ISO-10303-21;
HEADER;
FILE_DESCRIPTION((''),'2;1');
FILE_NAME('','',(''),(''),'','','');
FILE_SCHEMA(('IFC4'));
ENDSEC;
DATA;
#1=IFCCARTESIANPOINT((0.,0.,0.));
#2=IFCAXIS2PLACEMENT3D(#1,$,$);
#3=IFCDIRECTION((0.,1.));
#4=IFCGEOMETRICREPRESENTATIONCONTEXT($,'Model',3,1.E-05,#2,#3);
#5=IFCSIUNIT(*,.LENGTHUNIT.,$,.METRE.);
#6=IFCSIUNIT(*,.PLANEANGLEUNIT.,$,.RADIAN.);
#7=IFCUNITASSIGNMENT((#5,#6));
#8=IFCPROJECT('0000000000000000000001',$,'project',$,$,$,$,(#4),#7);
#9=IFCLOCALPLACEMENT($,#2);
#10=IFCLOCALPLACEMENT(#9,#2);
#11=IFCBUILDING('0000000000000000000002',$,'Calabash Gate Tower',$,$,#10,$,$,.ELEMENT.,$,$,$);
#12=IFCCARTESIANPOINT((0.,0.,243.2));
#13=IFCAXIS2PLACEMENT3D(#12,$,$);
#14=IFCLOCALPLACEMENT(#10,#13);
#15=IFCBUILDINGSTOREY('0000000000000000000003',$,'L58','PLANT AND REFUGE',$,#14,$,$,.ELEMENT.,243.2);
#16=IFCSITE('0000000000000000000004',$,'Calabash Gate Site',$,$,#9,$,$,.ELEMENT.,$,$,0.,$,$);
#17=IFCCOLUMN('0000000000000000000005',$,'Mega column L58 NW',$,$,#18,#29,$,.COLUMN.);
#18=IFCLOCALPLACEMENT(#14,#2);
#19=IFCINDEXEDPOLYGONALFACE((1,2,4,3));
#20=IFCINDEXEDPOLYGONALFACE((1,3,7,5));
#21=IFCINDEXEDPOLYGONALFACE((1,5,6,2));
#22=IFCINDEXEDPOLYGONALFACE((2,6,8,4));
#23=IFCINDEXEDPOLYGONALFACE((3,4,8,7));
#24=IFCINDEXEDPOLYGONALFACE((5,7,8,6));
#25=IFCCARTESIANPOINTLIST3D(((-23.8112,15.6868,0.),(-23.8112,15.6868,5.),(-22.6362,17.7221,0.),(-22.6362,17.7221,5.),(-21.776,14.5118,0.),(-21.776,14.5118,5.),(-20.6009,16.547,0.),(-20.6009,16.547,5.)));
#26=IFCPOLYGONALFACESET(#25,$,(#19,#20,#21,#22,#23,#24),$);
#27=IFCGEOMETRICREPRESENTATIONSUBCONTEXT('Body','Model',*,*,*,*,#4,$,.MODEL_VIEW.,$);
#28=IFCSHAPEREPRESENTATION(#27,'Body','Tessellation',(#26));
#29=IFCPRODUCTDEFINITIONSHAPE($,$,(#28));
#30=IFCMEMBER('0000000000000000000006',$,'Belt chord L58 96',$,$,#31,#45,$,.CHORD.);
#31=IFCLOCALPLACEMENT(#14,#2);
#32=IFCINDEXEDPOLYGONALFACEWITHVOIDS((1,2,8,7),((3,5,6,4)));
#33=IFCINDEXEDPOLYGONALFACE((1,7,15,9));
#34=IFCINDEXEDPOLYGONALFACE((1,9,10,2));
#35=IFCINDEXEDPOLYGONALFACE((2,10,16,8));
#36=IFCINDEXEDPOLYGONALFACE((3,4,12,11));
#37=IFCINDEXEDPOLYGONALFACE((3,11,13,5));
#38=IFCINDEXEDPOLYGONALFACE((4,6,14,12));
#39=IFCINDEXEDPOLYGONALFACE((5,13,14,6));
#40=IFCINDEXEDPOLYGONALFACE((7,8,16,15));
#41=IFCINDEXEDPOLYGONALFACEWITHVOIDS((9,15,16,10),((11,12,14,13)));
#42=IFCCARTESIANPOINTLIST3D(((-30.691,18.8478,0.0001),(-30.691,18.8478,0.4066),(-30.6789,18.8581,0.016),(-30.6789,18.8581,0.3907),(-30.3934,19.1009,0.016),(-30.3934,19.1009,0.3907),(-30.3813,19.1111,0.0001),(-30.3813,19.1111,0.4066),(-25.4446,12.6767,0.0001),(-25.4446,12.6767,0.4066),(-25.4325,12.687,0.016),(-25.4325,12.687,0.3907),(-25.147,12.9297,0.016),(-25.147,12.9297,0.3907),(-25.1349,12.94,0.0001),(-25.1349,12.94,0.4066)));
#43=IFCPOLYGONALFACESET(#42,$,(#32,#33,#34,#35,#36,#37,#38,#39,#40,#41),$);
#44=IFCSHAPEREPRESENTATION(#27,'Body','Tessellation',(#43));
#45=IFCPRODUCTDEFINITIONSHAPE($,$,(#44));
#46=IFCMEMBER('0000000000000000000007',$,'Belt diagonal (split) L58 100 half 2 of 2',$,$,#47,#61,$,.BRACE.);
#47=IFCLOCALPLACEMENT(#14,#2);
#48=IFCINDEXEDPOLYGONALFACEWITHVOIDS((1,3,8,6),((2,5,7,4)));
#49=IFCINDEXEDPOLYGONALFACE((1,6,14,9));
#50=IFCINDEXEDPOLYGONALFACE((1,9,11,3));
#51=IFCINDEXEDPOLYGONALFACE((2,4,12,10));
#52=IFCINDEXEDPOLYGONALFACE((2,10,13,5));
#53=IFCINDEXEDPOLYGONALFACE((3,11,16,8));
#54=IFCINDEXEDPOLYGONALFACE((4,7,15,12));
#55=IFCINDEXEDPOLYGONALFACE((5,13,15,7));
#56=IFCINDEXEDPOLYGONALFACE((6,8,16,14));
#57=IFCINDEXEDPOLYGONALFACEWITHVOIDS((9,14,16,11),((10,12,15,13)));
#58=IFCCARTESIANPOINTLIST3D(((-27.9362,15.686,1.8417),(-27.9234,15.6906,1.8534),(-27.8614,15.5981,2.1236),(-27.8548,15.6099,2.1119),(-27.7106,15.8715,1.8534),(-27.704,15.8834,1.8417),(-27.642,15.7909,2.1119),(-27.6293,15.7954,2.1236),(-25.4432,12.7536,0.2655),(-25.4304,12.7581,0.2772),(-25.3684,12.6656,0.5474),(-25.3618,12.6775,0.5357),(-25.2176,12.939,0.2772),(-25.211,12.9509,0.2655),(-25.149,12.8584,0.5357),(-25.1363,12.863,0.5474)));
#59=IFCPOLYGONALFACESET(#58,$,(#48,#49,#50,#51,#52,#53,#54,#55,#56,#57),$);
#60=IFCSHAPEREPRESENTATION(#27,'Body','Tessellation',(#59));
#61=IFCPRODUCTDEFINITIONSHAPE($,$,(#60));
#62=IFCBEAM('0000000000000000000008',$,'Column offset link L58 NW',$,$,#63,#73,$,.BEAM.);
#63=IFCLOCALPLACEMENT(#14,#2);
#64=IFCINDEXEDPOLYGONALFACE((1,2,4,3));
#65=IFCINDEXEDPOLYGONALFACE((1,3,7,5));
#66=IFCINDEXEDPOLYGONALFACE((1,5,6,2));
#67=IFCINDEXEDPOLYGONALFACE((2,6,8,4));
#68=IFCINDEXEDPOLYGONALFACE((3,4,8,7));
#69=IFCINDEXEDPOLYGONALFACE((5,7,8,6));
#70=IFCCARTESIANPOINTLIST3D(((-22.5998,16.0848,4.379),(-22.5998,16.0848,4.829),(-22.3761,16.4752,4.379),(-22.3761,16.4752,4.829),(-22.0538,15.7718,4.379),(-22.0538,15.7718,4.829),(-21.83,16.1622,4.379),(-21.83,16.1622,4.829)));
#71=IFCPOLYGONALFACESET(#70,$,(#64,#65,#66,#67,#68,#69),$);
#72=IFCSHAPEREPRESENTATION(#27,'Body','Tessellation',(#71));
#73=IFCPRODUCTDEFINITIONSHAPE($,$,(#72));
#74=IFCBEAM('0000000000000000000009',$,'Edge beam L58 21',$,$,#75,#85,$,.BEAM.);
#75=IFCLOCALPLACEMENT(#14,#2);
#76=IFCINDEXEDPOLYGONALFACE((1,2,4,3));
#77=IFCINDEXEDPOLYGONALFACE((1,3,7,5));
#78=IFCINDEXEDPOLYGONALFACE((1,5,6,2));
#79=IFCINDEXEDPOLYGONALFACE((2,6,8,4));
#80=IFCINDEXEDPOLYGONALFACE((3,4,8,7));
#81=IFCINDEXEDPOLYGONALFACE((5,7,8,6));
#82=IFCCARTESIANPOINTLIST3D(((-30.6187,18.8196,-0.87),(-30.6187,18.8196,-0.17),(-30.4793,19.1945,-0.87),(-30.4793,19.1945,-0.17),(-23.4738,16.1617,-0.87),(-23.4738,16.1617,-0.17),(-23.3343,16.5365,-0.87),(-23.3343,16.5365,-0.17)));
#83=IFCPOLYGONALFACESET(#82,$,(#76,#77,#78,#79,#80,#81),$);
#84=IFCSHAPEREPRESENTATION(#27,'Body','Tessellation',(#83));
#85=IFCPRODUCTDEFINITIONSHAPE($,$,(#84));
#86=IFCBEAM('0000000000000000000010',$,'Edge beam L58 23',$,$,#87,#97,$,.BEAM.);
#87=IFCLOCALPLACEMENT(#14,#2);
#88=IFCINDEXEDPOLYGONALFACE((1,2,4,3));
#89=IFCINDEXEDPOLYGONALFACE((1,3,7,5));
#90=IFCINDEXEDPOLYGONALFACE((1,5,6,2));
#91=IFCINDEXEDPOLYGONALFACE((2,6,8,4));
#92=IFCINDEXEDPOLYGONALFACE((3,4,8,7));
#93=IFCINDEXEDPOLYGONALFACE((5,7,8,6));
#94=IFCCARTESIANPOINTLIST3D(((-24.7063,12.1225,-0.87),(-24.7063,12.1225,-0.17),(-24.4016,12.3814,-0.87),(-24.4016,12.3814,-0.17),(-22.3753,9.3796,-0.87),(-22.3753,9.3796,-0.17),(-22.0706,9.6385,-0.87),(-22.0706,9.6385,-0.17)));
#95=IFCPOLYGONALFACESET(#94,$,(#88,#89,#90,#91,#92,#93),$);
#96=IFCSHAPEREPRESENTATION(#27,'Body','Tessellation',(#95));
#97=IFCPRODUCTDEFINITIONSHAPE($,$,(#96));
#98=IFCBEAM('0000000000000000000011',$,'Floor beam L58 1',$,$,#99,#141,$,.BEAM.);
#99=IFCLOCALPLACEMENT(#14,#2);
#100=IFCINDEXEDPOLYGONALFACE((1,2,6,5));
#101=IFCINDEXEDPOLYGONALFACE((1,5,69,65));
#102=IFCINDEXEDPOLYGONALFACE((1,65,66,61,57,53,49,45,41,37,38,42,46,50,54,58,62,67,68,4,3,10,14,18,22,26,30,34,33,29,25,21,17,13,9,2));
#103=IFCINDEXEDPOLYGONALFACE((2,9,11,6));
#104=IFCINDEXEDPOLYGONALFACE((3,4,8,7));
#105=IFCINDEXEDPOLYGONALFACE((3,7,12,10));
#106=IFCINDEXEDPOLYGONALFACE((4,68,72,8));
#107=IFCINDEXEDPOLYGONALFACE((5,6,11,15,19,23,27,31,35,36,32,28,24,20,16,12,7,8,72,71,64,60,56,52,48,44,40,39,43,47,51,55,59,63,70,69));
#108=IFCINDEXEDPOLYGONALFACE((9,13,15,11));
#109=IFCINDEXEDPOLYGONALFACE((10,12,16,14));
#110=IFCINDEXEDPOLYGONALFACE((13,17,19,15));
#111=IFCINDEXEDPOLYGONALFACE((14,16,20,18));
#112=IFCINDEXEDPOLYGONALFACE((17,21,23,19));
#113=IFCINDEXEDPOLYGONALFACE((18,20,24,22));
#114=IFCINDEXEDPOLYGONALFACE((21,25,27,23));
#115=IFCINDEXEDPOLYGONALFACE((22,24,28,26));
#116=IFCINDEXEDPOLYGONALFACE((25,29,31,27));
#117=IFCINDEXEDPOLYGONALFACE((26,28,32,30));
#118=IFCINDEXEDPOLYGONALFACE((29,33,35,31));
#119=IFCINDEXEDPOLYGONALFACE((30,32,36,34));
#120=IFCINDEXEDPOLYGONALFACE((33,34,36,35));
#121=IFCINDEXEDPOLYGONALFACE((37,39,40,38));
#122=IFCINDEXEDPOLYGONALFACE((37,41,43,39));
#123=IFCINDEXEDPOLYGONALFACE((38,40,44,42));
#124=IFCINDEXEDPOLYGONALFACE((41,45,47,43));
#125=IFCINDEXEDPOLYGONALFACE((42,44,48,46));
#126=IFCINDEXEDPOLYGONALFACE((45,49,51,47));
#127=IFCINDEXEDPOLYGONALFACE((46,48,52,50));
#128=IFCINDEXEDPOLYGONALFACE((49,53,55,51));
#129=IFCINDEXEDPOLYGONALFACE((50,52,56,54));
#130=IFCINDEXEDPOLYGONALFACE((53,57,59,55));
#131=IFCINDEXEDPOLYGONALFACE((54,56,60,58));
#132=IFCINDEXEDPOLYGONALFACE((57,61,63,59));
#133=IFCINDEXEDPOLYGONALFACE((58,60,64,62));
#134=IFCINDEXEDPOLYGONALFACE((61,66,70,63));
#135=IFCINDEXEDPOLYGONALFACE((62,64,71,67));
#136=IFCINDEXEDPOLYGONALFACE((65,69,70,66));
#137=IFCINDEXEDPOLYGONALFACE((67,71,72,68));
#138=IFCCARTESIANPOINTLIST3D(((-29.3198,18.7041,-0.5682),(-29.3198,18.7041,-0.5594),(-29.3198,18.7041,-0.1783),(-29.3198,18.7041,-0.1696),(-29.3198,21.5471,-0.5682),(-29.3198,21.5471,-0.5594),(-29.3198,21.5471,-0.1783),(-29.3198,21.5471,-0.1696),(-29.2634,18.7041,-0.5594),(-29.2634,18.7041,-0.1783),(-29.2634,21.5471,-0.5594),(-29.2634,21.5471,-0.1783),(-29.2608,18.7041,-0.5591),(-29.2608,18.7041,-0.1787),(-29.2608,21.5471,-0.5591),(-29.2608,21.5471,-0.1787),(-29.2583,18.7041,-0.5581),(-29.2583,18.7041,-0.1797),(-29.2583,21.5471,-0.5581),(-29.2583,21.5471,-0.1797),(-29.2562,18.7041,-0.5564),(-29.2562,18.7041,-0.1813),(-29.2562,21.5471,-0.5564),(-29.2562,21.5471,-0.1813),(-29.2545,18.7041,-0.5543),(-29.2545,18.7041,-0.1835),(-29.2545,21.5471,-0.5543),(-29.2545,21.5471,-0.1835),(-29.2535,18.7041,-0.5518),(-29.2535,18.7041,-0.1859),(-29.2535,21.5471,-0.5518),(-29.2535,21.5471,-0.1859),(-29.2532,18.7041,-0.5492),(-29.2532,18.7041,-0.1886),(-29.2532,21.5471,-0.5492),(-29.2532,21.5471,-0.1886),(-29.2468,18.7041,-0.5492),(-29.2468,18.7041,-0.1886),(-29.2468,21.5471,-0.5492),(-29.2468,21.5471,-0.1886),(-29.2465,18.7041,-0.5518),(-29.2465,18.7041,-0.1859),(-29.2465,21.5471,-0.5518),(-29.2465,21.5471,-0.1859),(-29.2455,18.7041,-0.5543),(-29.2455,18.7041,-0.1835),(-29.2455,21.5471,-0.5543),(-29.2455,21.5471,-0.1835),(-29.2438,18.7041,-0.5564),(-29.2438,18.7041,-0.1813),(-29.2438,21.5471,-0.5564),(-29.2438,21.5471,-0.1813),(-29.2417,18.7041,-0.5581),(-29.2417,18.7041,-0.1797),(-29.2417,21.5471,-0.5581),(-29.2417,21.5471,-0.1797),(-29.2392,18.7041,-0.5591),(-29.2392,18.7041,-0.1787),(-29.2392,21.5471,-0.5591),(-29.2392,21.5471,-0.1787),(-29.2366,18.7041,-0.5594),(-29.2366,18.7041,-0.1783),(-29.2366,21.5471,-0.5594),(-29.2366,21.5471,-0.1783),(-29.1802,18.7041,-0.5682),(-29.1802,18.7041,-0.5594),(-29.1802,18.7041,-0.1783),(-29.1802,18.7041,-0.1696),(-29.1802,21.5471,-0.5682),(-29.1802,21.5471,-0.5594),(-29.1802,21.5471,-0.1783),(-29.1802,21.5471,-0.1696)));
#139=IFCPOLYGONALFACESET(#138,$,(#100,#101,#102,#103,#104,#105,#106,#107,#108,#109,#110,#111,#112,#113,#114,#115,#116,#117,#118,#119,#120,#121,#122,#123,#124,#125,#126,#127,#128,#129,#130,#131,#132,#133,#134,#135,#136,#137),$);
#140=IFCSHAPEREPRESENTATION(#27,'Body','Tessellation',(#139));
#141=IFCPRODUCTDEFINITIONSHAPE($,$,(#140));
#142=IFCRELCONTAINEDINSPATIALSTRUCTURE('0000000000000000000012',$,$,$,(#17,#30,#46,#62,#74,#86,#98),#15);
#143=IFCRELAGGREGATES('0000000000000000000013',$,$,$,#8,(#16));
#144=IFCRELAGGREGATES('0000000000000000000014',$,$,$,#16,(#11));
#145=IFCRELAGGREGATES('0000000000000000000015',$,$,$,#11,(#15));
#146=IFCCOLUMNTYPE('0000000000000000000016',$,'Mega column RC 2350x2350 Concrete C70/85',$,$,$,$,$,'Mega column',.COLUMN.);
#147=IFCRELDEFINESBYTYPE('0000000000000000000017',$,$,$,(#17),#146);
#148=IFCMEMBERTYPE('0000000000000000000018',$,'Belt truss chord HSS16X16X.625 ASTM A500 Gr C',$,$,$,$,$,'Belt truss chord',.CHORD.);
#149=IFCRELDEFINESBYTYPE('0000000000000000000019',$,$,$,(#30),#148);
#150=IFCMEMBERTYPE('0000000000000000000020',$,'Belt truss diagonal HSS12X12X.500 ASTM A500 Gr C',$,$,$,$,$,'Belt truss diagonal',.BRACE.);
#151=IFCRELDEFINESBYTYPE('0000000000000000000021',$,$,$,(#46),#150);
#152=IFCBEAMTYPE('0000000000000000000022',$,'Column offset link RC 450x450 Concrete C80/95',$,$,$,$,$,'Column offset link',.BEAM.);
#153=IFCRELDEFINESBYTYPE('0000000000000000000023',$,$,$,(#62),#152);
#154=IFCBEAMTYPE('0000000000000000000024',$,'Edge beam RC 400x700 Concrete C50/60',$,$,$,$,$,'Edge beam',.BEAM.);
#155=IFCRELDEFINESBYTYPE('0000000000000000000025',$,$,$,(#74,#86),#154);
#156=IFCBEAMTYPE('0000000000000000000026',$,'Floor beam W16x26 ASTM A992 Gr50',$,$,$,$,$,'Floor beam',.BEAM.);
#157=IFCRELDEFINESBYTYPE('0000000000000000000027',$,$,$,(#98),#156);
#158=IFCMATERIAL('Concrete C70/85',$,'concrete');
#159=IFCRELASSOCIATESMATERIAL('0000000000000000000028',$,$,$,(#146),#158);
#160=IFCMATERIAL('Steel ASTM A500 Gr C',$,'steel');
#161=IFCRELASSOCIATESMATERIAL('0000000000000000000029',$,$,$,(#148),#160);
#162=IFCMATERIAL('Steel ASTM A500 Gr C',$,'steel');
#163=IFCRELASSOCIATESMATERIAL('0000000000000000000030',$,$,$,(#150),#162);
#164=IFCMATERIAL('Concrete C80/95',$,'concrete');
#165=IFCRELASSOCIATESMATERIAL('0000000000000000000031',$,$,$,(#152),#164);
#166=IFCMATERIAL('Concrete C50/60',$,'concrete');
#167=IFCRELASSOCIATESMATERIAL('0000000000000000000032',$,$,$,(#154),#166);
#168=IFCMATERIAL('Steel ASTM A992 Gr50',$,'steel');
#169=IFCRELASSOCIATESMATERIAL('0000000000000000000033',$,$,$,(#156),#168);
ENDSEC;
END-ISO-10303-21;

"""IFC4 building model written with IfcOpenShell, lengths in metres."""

from ifc_helpers import new_model, si_unit, direction, frame, origin, origin_2d, place, context, subcontext, project, spatial, rectangle, hollow_rectangle, i_section, extrude, material, material_profile, profile_set, type_object, element, save


model = new_model("IFC4")

# Units and contexts
model_context = context("Model", 3, precision=1e-05, world=origin(), true_north=direction((0.0, 1.0)))
body_context = subcontext(model_context, "Body", "Model", "MODEL_VIEW")
ifc_project = project(units=[si_unit("LENGTHUNIT", "METRE"), si_unit("PLANEANGLEUNIT", "RADIAN")], contexts=[model_context])

# Site, building, storey
site_placement = place(None, origin())
site = spatial("IfcSite", under=ifc_project, at=site_placement, Name="Calabash Gate Site", CompositionType="ELEMENT", RefElevation=0.0)
building_placement = place(site_placement, origin())
building = spatial("IfcBuilding", under=site, at=building_placement, Name="Calabash Gate Tower", CompositionType="ELEMENT")
storey_placement = place(building_placement, frame((0.0, 0.0, 243.2)))
storey = spatial("IfcBuildingStorey", under=building, at=storey_placement, Name="L58", Description="PLANT AND REFUGE", CompositionType="ELEMENT", Elevation=243.2)

# Column
ifc_material_1 = material(Name="Concrete C70/85", Category="concrete")
ifc_material_profile_1 = material_profile(ifc_material_1, rectangle(XDim=2.3501, YDim=2.3501, at=origin_2d()))
ifc_profile_set_1 = profile_set([ifc_material_profile_1], Name="Concrete C70/85")
column_type_1 = type_object("IfcColumnType", Name="Mega column RC 2350x2350 Concrete C70/85", ElementType="Mega column", PredefinedType="COLUMN", material=ifc_profile_set_1)
column_1_placement = place(storey_placement, frame((-22.2061, 16.1169, 0.0), z_axis=(0.0, 0.0, 1.0), x_axis=(0.866025, -0.5, 0.0)))
element("IfcColumn", 1, at=column_1_placement, inside=storey, type_object=column_type_1, Name="Mega column L58 NW", PredefinedType="COLUMN", context=body_context, shape_type="SweptSolid", body=[
    extrude(rectangle(XDim=2.3501, YDim=2.3501, at=origin_2d()), origin(), (0.0, 0.0, 1.0), 5.0),
])

# Members
ifc_material_2 = material(Name="Steel ASTM A500 Gr C", Category="steel")
ifc_material_profile_2 = material_profile(ifc_material_2, hollow_rectangle(XDim=0.4065, YDim=0.4065, WallThickness=0.0159, at=origin_2d()))
ifc_profile_set_2 = profile_set([ifc_material_profile_2], Name="Steel ASTM A500 Gr C")
member_type_1 = type_object("IfcMemberType", Name="Belt truss chord HSS16X16X.625 ASTM A500 Gr C", ElementType="Belt truss chord", PredefinedType="CHORD", material=ifc_profile_set_2)
member_1_placement = place(storey_placement, frame((-30.5361, 18.9795, 0.2034), z_axis=(0.647711, -0.761887, 0.0), x_axis=(0.761887, 0.647711, 0.0)))
element("IfcMember", 2, at=member_1_placement, inside=storey, type_object=member_type_1, Name="Belt chord L58 96", PredefinedType="CHORD", context=body_context, shape_type="SweptSolid", body=[
    extrude(hollow_rectangle(XDim=0.4065, YDim=0.4065, WallThickness=0.0159, at=origin_2d()), origin(), (0.0, 0.0, 1.0), 8.0999),
])
ifc_material_3 = material(Name="Steel ASTM A500 Gr C", Category="steel")
ifc_material_profile_3 = material_profile(ifc_material_3, hollow_rectangle(XDim=0.3047, YDim=0.3047, WallThickness=0.0127, at=origin_2d()))
ifc_profile_set_3 = profile_set([ifc_material_profile_3], Name="Steel ASTM A500 Gr C")
member_type_2 = type_object("IfcMemberType", Name="Belt truss diagonal HSS12X12X.500 ASTM A500 Gr C", ElementType="Belt truss diagonal", PredefinedType="BRACE", material=ifc_profile_set_3)
member_2_placement = place(storey_placement, frame((-27.7827, 15.7407, 1.9827), z_axis=(0.599395, -0.705057, -0.378973), x_axis=(0.761888, 0.647709, 0.0)))
element("IfcMember", 3, at=member_2_placement, inside=storey, type_object=member_type_2, Name="Belt diagonal (split) L58 100 half 2 of 2", PredefinedType="BRACE", context=body_context, shape_type="SweptSolid", body=[
    extrude(hollow_rectangle(XDim=0.3047, YDim=0.3047, WallThickness=0.0127, at=origin_2d()), origin(), (0.0, 0.0, 1.0), 4.1592),
])

# Beams
ifc_material_4 = material(Name="Concrete C80/95", Category="concrete")
ifc_material_profile_4 = material_profile(ifc_material_4, rectangle(XDim=0.45, YDim=0.45, at=origin_2d()))
ifc_profile_set_4 = profile_set([ifc_material_profile_4], Name="Concrete C80/95")
beam_type_1 = type_object("IfcBeamType", Name="Column offset link RC 450x450 Concrete C80/95", ElementType="Column offset link", PredefinedType="BEAM", material=ifc_profile_set_4)
beam_1_placement = place(storey_placement, frame((-21.9419, 15.967, 4.604), z_axis=(-0.867622, 0.497225, 0.0), x_axis=(-0.497225, -0.867622, 0.0)))
element("IfcBeam", 4, at=beam_1_placement, inside=storey, type_object=beam_type_1, Name="Column offset link L58 NW", PredefinedType="BEAM", context=body_context, shape_type="SweptSolid", body=[
    extrude(rectangle(XDim=0.45, YDim=0.45, at=origin_2d()), origin(), (0.0, 0.0, 1.0), 0.6294),
])
ifc_material_5 = material(Name="Concrete C50/60", Category="concrete")
ifc_material_profile_5 = material_profile(ifc_material_5, rectangle(XDim=0.3999, YDim=0.7, at=origin_2d()))
ifc_profile_set_5 = profile_set([ifc_material_profile_5], Name="Concrete C50/60")
beam_type_2 = type_object("IfcBeamType", Name="Edge beam RC 400x700 Concrete C50/60", ElementType="Edge beam", PredefinedType="BEAM", material=ifc_profile_set_5)
beam_2_placement = place(storey_placement, frame((-23.4041, 16.3491, -0.52), z_axis=(-0.93725, 0.348658, 0.0), x_axis=(-0.348658, -0.93725, 0.0)))
element("IfcBeam", 5, at=beam_2_placement, inside=storey, type_object=beam_type_2, Name="Edge beam L58 21", PredefinedType="BEAM", context=body_context, shape_type="SweptSolid", body=[
    extrude(rectangle(XDim=0.3999, YDim=0.7, at=origin_2d()), origin(), (0.0, 0.0, 1.0), 7.6233),
])
beam_3_placement = place(storey_placement, frame((-24.554, 12.252, -0.52), z_axis=(0.64758, -0.761998, 0.0), x_axis=(0.761998, 0.64758, 0.0)))
element("IfcBeam", 6, at=beam_3_placement, inside=storey, type_object=beam_type_2, Name="Edge beam L58 23", PredefinedType="BEAM", context=body_context, shape_type="SweptSolid", body=[
    extrude(rectangle(XDim=0.3999, YDim=0.7, at=origin_2d()), origin(), (0.0, 0.0, 1.0), 3.5996),
])
ifc_material_6 = material(Name="Steel ASTM A992 Gr50", Category="steel")
ifc_material_profile_6 = material_profile(ifc_material_6, i_section(OverallWidth=0.1396, OverallDepth=0.3987, WebThickness=0.0063, FlangeThickness=0.0088, FilletRadius=0.0103, at=origin_2d()))
ifc_profile_set_6 = profile_set([ifc_material_profile_6], Name="Steel ASTM A992 Gr50")
beam_type_3 = type_object("IfcBeamType", Name="Floor beam W16x26 ASTM A992 Gr50", ElementType="Floor beam", PredefinedType="BEAM", material=ifc_profile_set_6)
beam_4_placement = place(storey_placement, frame((-29.25, 18.7041, -0.3689), z_axis=(0.0, 1.0, 0.0), x_axis=(-1.0, 0.0, 0.0)))
element("IfcBeam", 7, at=beam_4_placement, inside=storey, type_object=beam_type_3, Name="Floor beam L58 1", PredefinedType="BEAM", context=body_context, shape_type="SweptSolid", body=[
    extrude(i_section(OverallWidth=0.1396, OverallDepth=0.3987, WebThickness=0.0063, FlangeThickness=0.0088, FilletRadius=0.0103, at=origin_2d()), origin(), (0.0, 0.0, 1.0), 2.843),
])

save(model, "model.ifc")
